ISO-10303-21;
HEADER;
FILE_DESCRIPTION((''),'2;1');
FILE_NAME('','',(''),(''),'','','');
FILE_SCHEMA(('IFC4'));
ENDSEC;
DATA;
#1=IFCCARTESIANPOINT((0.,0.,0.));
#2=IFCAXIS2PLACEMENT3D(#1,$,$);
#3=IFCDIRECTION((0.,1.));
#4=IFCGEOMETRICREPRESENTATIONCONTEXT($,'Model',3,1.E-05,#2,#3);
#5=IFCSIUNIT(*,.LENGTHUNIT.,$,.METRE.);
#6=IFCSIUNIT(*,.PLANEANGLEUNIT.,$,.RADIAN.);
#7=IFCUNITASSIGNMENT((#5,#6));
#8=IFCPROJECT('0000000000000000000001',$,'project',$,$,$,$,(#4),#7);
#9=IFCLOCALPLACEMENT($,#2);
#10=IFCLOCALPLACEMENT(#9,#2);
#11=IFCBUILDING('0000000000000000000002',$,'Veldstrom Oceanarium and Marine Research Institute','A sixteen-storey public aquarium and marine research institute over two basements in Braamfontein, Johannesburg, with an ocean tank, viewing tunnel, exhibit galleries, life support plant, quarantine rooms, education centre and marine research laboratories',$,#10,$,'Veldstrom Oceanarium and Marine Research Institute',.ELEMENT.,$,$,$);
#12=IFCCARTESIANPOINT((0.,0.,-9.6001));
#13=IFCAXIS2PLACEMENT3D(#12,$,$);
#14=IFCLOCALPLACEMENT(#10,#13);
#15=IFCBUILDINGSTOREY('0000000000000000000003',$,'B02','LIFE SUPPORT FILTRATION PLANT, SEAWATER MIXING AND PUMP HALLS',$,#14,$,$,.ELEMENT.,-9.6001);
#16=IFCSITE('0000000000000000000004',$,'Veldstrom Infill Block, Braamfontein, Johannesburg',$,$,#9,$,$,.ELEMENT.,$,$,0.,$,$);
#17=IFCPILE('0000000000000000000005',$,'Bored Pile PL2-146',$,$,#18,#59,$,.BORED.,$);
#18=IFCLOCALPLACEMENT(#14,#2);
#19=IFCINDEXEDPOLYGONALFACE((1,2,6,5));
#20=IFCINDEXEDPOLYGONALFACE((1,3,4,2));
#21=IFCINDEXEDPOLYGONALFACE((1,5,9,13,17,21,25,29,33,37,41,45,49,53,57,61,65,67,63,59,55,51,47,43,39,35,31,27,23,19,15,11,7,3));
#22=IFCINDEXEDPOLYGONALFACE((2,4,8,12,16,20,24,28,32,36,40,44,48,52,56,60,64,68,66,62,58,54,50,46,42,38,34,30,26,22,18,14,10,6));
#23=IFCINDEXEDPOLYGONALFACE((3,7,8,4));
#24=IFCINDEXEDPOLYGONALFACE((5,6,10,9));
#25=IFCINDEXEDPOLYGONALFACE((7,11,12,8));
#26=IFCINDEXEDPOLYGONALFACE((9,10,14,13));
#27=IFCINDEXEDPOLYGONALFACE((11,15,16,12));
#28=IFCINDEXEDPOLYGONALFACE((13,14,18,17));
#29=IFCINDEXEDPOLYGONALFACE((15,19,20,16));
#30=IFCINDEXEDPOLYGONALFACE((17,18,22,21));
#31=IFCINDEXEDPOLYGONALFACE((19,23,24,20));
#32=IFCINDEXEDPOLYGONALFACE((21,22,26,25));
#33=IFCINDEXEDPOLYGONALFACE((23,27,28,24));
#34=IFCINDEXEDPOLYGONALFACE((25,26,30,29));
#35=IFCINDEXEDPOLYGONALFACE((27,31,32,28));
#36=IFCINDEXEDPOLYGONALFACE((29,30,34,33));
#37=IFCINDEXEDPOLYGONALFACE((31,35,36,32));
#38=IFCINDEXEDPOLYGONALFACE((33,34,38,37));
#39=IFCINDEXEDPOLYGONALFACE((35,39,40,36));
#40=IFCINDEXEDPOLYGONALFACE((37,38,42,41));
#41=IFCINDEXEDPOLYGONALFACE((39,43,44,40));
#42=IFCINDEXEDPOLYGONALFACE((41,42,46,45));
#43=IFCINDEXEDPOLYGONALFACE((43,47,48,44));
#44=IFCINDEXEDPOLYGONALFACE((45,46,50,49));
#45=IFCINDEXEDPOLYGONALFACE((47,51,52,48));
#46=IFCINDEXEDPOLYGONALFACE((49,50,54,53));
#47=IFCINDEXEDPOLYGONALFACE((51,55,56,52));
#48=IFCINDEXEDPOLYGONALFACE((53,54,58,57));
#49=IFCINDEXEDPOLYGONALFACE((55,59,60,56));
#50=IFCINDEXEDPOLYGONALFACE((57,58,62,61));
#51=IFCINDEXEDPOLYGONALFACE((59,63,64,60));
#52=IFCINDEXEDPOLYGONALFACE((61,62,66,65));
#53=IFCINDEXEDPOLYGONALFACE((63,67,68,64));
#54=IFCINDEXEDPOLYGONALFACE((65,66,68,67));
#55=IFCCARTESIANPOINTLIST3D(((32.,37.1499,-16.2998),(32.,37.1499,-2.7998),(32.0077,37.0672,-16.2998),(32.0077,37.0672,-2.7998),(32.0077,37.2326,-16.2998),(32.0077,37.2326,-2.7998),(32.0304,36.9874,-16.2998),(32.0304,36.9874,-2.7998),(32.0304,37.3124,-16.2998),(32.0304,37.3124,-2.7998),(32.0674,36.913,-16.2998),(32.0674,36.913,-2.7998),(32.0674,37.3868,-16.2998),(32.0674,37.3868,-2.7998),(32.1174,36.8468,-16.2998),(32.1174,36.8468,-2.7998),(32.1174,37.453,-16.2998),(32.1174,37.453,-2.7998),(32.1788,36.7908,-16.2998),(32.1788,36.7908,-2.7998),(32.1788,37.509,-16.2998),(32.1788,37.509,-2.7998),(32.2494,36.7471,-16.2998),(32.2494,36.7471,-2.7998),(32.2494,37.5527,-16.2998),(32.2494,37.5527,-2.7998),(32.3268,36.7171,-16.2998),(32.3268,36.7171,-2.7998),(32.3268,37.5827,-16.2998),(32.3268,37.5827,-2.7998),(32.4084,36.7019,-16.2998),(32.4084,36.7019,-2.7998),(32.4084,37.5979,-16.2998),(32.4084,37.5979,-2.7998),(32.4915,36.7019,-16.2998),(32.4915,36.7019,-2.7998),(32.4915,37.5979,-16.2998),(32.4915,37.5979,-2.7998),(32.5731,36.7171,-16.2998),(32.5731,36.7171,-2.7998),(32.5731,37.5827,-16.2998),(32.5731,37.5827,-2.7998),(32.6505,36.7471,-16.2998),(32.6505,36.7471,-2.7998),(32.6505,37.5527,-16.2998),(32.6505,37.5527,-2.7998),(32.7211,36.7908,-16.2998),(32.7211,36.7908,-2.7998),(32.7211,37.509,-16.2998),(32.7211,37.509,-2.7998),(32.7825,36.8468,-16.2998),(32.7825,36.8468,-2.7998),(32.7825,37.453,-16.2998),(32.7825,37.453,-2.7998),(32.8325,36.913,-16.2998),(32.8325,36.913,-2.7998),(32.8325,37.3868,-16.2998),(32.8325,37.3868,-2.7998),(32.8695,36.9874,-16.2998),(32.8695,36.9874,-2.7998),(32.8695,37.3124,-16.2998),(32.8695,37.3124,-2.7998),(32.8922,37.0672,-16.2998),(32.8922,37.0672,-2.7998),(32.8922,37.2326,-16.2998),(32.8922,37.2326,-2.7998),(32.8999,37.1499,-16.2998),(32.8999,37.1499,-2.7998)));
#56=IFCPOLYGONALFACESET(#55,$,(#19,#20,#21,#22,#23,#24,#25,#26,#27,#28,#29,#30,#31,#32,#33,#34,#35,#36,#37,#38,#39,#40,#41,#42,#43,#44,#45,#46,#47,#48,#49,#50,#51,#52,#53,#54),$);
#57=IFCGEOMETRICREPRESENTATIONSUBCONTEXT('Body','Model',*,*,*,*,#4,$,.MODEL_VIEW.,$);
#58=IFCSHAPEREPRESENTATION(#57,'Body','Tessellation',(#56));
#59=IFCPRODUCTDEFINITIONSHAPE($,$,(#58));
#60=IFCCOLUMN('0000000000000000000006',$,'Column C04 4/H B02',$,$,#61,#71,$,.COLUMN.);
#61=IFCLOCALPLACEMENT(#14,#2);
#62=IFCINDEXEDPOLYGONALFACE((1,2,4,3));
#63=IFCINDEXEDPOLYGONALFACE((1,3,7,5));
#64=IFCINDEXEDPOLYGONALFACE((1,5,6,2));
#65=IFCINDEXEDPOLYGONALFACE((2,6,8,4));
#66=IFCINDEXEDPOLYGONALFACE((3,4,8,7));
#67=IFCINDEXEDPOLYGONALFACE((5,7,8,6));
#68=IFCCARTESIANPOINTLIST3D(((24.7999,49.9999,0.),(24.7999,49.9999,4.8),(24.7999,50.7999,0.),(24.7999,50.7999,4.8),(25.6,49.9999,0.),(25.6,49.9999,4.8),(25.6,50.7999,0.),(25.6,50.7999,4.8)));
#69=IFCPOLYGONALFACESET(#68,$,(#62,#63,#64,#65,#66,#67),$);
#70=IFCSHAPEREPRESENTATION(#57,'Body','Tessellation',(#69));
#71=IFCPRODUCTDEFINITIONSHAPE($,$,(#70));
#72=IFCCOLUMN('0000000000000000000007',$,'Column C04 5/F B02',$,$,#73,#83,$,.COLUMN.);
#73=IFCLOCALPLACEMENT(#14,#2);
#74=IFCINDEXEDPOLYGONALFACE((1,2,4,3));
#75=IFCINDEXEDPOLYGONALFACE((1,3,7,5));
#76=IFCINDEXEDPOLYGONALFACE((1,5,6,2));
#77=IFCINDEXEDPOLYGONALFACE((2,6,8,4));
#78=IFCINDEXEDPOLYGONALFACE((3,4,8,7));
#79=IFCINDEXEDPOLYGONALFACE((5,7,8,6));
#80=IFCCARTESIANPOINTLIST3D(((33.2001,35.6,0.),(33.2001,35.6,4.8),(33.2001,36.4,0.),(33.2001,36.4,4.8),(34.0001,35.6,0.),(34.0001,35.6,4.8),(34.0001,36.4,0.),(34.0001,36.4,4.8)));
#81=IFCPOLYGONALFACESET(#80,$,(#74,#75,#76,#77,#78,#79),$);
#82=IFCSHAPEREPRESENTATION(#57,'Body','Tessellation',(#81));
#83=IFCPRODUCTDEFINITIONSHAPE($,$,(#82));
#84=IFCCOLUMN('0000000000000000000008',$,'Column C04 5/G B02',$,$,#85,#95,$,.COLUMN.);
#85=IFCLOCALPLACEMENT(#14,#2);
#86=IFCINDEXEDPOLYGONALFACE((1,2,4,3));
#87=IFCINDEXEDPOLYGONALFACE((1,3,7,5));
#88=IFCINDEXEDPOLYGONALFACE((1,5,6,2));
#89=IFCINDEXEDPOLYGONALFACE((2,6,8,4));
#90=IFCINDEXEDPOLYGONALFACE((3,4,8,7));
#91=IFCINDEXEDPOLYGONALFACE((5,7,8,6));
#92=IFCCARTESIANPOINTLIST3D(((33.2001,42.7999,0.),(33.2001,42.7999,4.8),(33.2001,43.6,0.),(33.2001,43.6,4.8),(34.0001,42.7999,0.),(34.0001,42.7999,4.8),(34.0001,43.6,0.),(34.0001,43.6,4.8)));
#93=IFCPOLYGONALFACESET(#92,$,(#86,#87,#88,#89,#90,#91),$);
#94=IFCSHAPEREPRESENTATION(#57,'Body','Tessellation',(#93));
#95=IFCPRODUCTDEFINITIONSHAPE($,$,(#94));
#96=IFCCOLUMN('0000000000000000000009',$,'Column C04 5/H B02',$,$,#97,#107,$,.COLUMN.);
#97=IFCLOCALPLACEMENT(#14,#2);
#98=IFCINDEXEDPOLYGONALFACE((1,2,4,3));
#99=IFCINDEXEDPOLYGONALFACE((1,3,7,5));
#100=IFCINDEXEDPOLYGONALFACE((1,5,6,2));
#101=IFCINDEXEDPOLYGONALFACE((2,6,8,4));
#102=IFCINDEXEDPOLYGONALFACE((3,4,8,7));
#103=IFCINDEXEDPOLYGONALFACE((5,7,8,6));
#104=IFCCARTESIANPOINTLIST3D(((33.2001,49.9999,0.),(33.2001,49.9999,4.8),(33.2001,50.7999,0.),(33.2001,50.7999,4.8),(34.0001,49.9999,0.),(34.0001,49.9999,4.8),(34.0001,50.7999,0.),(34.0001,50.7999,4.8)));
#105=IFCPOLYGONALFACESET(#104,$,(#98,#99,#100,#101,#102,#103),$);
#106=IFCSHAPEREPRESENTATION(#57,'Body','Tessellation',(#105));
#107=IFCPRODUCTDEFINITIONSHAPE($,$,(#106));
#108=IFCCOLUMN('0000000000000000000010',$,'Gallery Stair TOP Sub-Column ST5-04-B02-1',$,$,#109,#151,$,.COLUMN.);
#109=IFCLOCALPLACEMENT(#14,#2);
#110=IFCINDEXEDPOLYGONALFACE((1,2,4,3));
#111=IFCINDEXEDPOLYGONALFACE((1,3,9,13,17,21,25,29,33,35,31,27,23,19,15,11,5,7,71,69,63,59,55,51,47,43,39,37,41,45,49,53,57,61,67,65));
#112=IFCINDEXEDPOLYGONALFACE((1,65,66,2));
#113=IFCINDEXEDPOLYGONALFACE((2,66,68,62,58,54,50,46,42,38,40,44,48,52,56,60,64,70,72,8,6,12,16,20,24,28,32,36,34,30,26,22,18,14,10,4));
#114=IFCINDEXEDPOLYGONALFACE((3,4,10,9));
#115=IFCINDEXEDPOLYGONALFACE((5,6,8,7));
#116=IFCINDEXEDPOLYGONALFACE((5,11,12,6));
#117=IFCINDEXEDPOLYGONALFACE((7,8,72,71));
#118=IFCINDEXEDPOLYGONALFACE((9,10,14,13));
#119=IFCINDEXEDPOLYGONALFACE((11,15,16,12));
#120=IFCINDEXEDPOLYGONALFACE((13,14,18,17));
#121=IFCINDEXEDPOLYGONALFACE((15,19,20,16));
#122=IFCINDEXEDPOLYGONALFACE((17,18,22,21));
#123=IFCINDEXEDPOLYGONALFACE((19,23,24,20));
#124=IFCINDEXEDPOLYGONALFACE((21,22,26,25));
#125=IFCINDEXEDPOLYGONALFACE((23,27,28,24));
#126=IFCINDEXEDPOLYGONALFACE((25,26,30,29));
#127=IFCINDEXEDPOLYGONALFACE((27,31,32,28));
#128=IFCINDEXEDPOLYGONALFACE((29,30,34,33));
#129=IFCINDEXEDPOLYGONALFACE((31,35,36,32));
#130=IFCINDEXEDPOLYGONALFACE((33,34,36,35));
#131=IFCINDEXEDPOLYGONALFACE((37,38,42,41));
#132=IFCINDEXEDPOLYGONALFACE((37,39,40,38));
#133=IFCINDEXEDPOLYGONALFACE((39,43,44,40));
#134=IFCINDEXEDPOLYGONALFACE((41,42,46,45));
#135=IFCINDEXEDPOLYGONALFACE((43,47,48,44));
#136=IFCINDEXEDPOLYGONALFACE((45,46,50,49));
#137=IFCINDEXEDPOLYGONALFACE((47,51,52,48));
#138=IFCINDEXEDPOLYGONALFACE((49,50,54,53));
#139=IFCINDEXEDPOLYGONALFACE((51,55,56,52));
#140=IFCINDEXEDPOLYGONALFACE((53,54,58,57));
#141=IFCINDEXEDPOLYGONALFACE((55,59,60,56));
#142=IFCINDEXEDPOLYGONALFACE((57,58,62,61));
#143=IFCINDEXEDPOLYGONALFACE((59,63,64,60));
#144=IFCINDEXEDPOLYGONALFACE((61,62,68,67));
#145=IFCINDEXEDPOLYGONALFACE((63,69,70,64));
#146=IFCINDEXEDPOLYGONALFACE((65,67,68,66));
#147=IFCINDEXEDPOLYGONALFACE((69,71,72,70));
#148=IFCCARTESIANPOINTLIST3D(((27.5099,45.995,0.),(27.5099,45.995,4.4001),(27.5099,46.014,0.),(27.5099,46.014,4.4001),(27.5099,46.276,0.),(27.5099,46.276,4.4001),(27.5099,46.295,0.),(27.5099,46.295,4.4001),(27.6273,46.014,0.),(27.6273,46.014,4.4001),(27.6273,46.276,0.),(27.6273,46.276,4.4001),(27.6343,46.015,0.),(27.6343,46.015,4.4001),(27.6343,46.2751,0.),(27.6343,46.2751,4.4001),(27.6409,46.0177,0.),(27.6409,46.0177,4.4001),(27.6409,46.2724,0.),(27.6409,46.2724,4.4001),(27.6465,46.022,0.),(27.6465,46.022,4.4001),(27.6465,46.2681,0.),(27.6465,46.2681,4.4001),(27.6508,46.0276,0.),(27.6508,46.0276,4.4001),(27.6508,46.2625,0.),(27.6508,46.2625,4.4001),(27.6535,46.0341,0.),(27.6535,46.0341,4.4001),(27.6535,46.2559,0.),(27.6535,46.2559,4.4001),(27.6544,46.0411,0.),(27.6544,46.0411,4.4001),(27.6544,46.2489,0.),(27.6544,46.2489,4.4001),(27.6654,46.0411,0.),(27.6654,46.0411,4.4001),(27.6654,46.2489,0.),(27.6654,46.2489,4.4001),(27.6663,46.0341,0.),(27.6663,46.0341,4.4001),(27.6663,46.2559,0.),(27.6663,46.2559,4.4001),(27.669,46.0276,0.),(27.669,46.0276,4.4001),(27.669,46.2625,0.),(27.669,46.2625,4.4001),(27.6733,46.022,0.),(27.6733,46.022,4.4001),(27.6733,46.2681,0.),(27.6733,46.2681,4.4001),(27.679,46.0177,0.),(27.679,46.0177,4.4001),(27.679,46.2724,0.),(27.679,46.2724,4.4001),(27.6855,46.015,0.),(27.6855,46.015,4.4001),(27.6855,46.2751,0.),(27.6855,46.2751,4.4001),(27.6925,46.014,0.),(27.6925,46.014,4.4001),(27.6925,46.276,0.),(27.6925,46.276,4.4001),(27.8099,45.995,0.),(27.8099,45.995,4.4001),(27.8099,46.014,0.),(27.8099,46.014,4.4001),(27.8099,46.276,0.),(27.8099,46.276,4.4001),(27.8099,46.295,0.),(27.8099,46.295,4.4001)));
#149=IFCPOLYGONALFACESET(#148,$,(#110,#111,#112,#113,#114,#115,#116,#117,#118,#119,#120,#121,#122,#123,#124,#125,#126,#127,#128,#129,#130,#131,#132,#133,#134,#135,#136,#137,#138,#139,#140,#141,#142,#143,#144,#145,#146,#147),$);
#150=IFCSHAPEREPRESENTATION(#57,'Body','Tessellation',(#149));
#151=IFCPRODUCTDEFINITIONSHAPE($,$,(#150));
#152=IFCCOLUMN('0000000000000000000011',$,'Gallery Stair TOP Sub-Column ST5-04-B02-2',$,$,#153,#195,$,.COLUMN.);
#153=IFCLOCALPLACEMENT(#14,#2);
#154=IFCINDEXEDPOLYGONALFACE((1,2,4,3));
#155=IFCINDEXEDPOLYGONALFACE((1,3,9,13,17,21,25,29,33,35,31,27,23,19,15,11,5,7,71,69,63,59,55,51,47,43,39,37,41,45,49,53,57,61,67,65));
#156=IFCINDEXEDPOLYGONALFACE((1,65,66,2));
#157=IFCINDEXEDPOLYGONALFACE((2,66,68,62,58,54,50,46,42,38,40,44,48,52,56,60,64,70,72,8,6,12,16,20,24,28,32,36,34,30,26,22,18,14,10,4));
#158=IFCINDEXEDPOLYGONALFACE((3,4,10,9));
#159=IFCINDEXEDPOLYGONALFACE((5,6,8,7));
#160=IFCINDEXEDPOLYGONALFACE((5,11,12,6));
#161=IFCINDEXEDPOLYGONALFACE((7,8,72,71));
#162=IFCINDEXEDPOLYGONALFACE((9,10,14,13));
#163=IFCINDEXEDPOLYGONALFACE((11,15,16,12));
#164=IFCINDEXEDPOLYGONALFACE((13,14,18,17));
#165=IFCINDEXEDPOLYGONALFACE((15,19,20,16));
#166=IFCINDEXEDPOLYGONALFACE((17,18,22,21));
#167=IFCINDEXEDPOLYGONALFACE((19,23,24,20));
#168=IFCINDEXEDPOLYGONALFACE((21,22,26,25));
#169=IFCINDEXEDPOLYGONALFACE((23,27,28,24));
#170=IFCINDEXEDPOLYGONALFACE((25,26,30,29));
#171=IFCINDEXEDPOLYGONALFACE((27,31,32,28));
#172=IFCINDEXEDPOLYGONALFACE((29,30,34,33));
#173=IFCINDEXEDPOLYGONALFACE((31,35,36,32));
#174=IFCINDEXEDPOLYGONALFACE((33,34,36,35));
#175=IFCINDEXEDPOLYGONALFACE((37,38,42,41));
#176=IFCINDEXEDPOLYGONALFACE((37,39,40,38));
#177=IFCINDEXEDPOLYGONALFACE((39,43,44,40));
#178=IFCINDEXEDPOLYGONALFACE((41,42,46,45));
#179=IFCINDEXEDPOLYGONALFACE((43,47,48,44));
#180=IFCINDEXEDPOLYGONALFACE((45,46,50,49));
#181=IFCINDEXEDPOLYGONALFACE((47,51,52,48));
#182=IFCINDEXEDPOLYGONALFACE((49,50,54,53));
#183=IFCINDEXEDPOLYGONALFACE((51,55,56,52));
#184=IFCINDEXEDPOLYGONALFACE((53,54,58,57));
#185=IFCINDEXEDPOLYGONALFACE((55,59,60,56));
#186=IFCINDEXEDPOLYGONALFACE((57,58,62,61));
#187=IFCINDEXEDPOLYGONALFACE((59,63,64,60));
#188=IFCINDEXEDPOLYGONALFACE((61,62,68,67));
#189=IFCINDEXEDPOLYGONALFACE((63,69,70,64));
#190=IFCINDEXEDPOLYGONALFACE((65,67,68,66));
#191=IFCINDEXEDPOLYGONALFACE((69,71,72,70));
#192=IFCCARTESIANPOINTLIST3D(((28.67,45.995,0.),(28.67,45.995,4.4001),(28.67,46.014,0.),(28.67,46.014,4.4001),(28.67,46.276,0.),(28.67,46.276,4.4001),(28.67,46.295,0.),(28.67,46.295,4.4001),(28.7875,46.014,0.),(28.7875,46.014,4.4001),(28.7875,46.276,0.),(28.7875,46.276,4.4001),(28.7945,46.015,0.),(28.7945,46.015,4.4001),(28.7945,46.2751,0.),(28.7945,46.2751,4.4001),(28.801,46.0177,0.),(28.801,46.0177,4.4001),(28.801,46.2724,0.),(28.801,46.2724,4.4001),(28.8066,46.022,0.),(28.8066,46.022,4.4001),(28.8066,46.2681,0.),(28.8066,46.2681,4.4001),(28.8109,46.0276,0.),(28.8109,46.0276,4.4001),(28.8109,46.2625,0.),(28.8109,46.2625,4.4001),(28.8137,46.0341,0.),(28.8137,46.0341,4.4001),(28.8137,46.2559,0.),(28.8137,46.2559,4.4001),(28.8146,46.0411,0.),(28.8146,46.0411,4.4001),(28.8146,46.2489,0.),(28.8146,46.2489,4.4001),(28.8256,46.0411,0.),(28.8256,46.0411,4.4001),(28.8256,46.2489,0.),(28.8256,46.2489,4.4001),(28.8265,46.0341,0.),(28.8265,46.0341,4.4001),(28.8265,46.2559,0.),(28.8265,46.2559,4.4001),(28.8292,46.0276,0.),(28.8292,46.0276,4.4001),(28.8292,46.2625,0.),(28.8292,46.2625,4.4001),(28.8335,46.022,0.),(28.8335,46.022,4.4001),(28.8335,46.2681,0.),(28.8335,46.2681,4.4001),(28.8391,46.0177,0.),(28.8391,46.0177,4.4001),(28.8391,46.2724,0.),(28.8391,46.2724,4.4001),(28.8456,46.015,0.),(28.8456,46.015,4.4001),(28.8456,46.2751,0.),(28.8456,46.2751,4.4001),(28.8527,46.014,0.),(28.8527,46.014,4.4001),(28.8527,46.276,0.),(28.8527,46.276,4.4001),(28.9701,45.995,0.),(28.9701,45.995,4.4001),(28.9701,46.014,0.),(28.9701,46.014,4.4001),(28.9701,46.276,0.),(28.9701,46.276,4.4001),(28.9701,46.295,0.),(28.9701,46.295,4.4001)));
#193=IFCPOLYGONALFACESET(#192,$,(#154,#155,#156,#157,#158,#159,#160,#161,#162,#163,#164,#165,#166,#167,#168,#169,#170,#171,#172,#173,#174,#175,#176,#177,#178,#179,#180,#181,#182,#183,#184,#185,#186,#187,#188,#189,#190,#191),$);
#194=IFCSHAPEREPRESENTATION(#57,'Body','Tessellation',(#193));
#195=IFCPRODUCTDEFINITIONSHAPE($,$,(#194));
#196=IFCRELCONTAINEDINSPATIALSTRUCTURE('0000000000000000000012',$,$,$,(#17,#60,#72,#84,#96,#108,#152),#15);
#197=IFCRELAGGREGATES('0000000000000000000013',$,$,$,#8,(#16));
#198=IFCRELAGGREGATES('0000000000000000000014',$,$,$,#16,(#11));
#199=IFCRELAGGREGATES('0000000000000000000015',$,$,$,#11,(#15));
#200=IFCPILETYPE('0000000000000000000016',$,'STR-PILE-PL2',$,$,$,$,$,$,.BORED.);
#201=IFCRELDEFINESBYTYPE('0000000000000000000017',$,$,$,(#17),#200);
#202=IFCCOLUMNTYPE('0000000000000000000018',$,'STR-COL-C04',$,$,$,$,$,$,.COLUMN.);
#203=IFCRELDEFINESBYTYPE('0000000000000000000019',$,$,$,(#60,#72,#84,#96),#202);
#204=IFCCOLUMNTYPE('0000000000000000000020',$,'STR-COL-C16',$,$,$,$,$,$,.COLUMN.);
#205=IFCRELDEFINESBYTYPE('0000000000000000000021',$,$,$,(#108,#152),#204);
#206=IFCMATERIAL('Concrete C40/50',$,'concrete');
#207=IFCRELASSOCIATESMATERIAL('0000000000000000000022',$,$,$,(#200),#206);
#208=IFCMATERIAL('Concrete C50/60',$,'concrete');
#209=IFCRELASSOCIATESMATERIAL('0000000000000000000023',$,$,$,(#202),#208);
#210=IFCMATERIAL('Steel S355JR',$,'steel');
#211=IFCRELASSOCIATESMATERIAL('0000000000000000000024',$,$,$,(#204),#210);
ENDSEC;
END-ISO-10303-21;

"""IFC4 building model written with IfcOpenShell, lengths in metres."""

from ifc_helpers import new_model, si_unit, direction, frame, origin, origin_2d, place, context, subcontext, project, spatial, rectangle, circle, i_section, extrude, material, material_profile, profile_set, type_object, element, save


model = new_model("IFC4")

# Units and contexts
model_context = context("Model", 3, precision=1e-05, world=origin(), true_north=direction((0.0, 1.0)))
body_context = subcontext(model_context, "Body", "Model", "MODEL_VIEW")
ifc_project = project(units=[si_unit("LENGTHUNIT", "METRE"), si_unit("PLANEANGLEUNIT", "RADIAN")], contexts=[model_context])

# Site, building, storey
site_placement = place(None, origin())
site = spatial("IfcSite", under=ifc_project, at=site_placement, Name="Veldstrom Infill Block, Braamfontein, Johannesburg", CompositionType="ELEMENT", RefElevation=0.0)
building_placement = place(site_placement, origin())
building = spatial("IfcBuilding", under=site, at=building_placement, Name="Veldstrom Oceanarium and Marine Research Institute", Description="A sixteen-storey public aquarium and marine research institute over two basements in Braamfontein, Johannesburg, with an ocean tank, viewing tunnel, exhibit galleries, life support plant, quarantine rooms, education centre and marine research laboratories", LongName="Veldstrom Oceanarium and Marine Research Institute", CompositionType="ELEMENT")
storey_placement = place(building_placement, frame((0.0, 0.0, -9.6001)))
storey = spatial("IfcBuildingStorey", under=building, at=storey_placement, Name="B02", Description="LIFE SUPPORT FILTRATION PLANT, SEAWATER MIXING AND PUMP HALLS", CompositionType="ELEMENT", Elevation=-9.6001)

# Pile
ifc_material_1 = material(Name="Concrete C40/50", Category="concrete")
ifc_material_profile_1 = material_profile(ifc_material_1, circle(Radius=0.45, at=origin_2d()), Name="PILE-D900")
ifc_profile_set_1 = profile_set([ifc_material_profile_1], Name="Concrete C40/50")
pile_type_1 = type_object("IfcPileType", Name="STR-PILE-PL2", PredefinedType="BORED", material=ifc_profile_set_1)
for number, where, z_axis, x_axis, name in (
    (1, (32.45, 37.1499, -2.7998), (0.0, 0.0, -1.0), (1.0, 0.0, 0.0), "Bored Pile PL2-146"),
):
    element("IfcPile", number, at=place(storey_placement, frame(where, z_axis=z_axis, x_axis=x_axis)), inside=storey, type_object=pile_type_1, Name=name, PredefinedType="BORED", context=body_context, shape_type="SweptSolid", body=[
        extrude(circle(Radius=0.45, at=origin_2d()), origin(), (0.0, 0.0, 1.0), 13.5),
    ])

# Columns
ifc_material_2 = material(Name="Concrete C50/60", Category="concrete")
ifc_material_profile_2 = material_profile(ifc_material_2, rectangle(XDim=0.8, YDim=0.8, at=origin_2d()), Name="RC-COL-800x800")
ifc_profile_set_2 = profile_set([ifc_material_profile_2], Name="Concrete C50/60")
column_type_1 = type_object("IfcColumnType", Name="STR-COL-C04", PredefinedType="COLUMN", material=ifc_profile_set_2)
for number, where, z_axis, x_axis, name in (
    (2, (25.2, 50.3999, 0.0), (0.0, 0.0, 1.0), (1.0, 0.0, 0.0), "Column C04 4/H B02"),
    (3, (33.6001, 36.0, 0.0), (0.0, 0.0, 1.0), (1.0, 0.0, 0.0), "Column C04 5/F B02"),
    (4, (33.6001, 43.2, 0.0), (0.0, 0.0, 1.0), (1.0, 0.0, 0.0), "Column C04 5/G B02"),
    (5, (33.6001, 50.3999, 0.0), (0.0, 0.0, 1.0), (1.0, 0.0, 0.0), "Column C04 5/H B02"),
):
    element("IfcColumn", number, at=place(storey_placement, frame(where, z_axis=z_axis, x_axis=x_axis)), inside=storey, type_object=column_type_1, Name=name, PredefinedType="COLUMN", context=body_context, shape_type="SweptSolid", body=[
        extrude(rectangle(XDim=0.8, YDim=0.8, at=origin_2d()), origin(), (0.0, 0.0, 1.0), 4.8),
    ])
ifc_material_3 = material(Name="Steel S355JR", Category="steel")
ifc_material_profile_3 = material_profile(ifc_material_3, i_section(OverallWidth=0.3, OverallDepth=0.3, WebThickness=0.011, FlangeThickness=0.019, FilletRadius=0.0271, at=origin_2d()), Name="HEB 300")
ifc_profile_set_3 = profile_set([ifc_material_profile_3], Name="Steel S355JR")
column_type_2 = type_object("IfcColumnType", Name="STR-COL-C16", PredefinedType="COLUMN", material=ifc_profile_set_3)
for number, where, z_axis, x_axis, name in (
    (6, (27.6599, 46.145, 0.0), (0.0, 0.0, 1.0), (1.0, 0.0, 0.0), "Gallery Stair TOP Sub-Column ST5-04-B02-1"),
    (7, (28.8201, 46.145, 0.0), (0.0, 0.0, 1.0), (1.0, 0.0, 0.0), "Gallery Stair TOP Sub-Column ST5-04-B02-2"),
):
    element("IfcColumn", number, at=place(storey_placement, frame(where, z_axis=z_axis, x_axis=x_axis)), inside=storey, type_object=column_type_2, Name=name, PredefinedType="COLUMN", context=body_context, shape_type="SweptSolid", body=[
        extrude(i_section(OverallWidth=0.3, OverallDepth=0.3, WebThickness=0.011, FlangeThickness=0.019, FilletRadius=0.0271, at=origin_2d()), origin(), (0.0, 0.0, 1.0), 4.4001),
    ])

save(model, "model.ifc")
